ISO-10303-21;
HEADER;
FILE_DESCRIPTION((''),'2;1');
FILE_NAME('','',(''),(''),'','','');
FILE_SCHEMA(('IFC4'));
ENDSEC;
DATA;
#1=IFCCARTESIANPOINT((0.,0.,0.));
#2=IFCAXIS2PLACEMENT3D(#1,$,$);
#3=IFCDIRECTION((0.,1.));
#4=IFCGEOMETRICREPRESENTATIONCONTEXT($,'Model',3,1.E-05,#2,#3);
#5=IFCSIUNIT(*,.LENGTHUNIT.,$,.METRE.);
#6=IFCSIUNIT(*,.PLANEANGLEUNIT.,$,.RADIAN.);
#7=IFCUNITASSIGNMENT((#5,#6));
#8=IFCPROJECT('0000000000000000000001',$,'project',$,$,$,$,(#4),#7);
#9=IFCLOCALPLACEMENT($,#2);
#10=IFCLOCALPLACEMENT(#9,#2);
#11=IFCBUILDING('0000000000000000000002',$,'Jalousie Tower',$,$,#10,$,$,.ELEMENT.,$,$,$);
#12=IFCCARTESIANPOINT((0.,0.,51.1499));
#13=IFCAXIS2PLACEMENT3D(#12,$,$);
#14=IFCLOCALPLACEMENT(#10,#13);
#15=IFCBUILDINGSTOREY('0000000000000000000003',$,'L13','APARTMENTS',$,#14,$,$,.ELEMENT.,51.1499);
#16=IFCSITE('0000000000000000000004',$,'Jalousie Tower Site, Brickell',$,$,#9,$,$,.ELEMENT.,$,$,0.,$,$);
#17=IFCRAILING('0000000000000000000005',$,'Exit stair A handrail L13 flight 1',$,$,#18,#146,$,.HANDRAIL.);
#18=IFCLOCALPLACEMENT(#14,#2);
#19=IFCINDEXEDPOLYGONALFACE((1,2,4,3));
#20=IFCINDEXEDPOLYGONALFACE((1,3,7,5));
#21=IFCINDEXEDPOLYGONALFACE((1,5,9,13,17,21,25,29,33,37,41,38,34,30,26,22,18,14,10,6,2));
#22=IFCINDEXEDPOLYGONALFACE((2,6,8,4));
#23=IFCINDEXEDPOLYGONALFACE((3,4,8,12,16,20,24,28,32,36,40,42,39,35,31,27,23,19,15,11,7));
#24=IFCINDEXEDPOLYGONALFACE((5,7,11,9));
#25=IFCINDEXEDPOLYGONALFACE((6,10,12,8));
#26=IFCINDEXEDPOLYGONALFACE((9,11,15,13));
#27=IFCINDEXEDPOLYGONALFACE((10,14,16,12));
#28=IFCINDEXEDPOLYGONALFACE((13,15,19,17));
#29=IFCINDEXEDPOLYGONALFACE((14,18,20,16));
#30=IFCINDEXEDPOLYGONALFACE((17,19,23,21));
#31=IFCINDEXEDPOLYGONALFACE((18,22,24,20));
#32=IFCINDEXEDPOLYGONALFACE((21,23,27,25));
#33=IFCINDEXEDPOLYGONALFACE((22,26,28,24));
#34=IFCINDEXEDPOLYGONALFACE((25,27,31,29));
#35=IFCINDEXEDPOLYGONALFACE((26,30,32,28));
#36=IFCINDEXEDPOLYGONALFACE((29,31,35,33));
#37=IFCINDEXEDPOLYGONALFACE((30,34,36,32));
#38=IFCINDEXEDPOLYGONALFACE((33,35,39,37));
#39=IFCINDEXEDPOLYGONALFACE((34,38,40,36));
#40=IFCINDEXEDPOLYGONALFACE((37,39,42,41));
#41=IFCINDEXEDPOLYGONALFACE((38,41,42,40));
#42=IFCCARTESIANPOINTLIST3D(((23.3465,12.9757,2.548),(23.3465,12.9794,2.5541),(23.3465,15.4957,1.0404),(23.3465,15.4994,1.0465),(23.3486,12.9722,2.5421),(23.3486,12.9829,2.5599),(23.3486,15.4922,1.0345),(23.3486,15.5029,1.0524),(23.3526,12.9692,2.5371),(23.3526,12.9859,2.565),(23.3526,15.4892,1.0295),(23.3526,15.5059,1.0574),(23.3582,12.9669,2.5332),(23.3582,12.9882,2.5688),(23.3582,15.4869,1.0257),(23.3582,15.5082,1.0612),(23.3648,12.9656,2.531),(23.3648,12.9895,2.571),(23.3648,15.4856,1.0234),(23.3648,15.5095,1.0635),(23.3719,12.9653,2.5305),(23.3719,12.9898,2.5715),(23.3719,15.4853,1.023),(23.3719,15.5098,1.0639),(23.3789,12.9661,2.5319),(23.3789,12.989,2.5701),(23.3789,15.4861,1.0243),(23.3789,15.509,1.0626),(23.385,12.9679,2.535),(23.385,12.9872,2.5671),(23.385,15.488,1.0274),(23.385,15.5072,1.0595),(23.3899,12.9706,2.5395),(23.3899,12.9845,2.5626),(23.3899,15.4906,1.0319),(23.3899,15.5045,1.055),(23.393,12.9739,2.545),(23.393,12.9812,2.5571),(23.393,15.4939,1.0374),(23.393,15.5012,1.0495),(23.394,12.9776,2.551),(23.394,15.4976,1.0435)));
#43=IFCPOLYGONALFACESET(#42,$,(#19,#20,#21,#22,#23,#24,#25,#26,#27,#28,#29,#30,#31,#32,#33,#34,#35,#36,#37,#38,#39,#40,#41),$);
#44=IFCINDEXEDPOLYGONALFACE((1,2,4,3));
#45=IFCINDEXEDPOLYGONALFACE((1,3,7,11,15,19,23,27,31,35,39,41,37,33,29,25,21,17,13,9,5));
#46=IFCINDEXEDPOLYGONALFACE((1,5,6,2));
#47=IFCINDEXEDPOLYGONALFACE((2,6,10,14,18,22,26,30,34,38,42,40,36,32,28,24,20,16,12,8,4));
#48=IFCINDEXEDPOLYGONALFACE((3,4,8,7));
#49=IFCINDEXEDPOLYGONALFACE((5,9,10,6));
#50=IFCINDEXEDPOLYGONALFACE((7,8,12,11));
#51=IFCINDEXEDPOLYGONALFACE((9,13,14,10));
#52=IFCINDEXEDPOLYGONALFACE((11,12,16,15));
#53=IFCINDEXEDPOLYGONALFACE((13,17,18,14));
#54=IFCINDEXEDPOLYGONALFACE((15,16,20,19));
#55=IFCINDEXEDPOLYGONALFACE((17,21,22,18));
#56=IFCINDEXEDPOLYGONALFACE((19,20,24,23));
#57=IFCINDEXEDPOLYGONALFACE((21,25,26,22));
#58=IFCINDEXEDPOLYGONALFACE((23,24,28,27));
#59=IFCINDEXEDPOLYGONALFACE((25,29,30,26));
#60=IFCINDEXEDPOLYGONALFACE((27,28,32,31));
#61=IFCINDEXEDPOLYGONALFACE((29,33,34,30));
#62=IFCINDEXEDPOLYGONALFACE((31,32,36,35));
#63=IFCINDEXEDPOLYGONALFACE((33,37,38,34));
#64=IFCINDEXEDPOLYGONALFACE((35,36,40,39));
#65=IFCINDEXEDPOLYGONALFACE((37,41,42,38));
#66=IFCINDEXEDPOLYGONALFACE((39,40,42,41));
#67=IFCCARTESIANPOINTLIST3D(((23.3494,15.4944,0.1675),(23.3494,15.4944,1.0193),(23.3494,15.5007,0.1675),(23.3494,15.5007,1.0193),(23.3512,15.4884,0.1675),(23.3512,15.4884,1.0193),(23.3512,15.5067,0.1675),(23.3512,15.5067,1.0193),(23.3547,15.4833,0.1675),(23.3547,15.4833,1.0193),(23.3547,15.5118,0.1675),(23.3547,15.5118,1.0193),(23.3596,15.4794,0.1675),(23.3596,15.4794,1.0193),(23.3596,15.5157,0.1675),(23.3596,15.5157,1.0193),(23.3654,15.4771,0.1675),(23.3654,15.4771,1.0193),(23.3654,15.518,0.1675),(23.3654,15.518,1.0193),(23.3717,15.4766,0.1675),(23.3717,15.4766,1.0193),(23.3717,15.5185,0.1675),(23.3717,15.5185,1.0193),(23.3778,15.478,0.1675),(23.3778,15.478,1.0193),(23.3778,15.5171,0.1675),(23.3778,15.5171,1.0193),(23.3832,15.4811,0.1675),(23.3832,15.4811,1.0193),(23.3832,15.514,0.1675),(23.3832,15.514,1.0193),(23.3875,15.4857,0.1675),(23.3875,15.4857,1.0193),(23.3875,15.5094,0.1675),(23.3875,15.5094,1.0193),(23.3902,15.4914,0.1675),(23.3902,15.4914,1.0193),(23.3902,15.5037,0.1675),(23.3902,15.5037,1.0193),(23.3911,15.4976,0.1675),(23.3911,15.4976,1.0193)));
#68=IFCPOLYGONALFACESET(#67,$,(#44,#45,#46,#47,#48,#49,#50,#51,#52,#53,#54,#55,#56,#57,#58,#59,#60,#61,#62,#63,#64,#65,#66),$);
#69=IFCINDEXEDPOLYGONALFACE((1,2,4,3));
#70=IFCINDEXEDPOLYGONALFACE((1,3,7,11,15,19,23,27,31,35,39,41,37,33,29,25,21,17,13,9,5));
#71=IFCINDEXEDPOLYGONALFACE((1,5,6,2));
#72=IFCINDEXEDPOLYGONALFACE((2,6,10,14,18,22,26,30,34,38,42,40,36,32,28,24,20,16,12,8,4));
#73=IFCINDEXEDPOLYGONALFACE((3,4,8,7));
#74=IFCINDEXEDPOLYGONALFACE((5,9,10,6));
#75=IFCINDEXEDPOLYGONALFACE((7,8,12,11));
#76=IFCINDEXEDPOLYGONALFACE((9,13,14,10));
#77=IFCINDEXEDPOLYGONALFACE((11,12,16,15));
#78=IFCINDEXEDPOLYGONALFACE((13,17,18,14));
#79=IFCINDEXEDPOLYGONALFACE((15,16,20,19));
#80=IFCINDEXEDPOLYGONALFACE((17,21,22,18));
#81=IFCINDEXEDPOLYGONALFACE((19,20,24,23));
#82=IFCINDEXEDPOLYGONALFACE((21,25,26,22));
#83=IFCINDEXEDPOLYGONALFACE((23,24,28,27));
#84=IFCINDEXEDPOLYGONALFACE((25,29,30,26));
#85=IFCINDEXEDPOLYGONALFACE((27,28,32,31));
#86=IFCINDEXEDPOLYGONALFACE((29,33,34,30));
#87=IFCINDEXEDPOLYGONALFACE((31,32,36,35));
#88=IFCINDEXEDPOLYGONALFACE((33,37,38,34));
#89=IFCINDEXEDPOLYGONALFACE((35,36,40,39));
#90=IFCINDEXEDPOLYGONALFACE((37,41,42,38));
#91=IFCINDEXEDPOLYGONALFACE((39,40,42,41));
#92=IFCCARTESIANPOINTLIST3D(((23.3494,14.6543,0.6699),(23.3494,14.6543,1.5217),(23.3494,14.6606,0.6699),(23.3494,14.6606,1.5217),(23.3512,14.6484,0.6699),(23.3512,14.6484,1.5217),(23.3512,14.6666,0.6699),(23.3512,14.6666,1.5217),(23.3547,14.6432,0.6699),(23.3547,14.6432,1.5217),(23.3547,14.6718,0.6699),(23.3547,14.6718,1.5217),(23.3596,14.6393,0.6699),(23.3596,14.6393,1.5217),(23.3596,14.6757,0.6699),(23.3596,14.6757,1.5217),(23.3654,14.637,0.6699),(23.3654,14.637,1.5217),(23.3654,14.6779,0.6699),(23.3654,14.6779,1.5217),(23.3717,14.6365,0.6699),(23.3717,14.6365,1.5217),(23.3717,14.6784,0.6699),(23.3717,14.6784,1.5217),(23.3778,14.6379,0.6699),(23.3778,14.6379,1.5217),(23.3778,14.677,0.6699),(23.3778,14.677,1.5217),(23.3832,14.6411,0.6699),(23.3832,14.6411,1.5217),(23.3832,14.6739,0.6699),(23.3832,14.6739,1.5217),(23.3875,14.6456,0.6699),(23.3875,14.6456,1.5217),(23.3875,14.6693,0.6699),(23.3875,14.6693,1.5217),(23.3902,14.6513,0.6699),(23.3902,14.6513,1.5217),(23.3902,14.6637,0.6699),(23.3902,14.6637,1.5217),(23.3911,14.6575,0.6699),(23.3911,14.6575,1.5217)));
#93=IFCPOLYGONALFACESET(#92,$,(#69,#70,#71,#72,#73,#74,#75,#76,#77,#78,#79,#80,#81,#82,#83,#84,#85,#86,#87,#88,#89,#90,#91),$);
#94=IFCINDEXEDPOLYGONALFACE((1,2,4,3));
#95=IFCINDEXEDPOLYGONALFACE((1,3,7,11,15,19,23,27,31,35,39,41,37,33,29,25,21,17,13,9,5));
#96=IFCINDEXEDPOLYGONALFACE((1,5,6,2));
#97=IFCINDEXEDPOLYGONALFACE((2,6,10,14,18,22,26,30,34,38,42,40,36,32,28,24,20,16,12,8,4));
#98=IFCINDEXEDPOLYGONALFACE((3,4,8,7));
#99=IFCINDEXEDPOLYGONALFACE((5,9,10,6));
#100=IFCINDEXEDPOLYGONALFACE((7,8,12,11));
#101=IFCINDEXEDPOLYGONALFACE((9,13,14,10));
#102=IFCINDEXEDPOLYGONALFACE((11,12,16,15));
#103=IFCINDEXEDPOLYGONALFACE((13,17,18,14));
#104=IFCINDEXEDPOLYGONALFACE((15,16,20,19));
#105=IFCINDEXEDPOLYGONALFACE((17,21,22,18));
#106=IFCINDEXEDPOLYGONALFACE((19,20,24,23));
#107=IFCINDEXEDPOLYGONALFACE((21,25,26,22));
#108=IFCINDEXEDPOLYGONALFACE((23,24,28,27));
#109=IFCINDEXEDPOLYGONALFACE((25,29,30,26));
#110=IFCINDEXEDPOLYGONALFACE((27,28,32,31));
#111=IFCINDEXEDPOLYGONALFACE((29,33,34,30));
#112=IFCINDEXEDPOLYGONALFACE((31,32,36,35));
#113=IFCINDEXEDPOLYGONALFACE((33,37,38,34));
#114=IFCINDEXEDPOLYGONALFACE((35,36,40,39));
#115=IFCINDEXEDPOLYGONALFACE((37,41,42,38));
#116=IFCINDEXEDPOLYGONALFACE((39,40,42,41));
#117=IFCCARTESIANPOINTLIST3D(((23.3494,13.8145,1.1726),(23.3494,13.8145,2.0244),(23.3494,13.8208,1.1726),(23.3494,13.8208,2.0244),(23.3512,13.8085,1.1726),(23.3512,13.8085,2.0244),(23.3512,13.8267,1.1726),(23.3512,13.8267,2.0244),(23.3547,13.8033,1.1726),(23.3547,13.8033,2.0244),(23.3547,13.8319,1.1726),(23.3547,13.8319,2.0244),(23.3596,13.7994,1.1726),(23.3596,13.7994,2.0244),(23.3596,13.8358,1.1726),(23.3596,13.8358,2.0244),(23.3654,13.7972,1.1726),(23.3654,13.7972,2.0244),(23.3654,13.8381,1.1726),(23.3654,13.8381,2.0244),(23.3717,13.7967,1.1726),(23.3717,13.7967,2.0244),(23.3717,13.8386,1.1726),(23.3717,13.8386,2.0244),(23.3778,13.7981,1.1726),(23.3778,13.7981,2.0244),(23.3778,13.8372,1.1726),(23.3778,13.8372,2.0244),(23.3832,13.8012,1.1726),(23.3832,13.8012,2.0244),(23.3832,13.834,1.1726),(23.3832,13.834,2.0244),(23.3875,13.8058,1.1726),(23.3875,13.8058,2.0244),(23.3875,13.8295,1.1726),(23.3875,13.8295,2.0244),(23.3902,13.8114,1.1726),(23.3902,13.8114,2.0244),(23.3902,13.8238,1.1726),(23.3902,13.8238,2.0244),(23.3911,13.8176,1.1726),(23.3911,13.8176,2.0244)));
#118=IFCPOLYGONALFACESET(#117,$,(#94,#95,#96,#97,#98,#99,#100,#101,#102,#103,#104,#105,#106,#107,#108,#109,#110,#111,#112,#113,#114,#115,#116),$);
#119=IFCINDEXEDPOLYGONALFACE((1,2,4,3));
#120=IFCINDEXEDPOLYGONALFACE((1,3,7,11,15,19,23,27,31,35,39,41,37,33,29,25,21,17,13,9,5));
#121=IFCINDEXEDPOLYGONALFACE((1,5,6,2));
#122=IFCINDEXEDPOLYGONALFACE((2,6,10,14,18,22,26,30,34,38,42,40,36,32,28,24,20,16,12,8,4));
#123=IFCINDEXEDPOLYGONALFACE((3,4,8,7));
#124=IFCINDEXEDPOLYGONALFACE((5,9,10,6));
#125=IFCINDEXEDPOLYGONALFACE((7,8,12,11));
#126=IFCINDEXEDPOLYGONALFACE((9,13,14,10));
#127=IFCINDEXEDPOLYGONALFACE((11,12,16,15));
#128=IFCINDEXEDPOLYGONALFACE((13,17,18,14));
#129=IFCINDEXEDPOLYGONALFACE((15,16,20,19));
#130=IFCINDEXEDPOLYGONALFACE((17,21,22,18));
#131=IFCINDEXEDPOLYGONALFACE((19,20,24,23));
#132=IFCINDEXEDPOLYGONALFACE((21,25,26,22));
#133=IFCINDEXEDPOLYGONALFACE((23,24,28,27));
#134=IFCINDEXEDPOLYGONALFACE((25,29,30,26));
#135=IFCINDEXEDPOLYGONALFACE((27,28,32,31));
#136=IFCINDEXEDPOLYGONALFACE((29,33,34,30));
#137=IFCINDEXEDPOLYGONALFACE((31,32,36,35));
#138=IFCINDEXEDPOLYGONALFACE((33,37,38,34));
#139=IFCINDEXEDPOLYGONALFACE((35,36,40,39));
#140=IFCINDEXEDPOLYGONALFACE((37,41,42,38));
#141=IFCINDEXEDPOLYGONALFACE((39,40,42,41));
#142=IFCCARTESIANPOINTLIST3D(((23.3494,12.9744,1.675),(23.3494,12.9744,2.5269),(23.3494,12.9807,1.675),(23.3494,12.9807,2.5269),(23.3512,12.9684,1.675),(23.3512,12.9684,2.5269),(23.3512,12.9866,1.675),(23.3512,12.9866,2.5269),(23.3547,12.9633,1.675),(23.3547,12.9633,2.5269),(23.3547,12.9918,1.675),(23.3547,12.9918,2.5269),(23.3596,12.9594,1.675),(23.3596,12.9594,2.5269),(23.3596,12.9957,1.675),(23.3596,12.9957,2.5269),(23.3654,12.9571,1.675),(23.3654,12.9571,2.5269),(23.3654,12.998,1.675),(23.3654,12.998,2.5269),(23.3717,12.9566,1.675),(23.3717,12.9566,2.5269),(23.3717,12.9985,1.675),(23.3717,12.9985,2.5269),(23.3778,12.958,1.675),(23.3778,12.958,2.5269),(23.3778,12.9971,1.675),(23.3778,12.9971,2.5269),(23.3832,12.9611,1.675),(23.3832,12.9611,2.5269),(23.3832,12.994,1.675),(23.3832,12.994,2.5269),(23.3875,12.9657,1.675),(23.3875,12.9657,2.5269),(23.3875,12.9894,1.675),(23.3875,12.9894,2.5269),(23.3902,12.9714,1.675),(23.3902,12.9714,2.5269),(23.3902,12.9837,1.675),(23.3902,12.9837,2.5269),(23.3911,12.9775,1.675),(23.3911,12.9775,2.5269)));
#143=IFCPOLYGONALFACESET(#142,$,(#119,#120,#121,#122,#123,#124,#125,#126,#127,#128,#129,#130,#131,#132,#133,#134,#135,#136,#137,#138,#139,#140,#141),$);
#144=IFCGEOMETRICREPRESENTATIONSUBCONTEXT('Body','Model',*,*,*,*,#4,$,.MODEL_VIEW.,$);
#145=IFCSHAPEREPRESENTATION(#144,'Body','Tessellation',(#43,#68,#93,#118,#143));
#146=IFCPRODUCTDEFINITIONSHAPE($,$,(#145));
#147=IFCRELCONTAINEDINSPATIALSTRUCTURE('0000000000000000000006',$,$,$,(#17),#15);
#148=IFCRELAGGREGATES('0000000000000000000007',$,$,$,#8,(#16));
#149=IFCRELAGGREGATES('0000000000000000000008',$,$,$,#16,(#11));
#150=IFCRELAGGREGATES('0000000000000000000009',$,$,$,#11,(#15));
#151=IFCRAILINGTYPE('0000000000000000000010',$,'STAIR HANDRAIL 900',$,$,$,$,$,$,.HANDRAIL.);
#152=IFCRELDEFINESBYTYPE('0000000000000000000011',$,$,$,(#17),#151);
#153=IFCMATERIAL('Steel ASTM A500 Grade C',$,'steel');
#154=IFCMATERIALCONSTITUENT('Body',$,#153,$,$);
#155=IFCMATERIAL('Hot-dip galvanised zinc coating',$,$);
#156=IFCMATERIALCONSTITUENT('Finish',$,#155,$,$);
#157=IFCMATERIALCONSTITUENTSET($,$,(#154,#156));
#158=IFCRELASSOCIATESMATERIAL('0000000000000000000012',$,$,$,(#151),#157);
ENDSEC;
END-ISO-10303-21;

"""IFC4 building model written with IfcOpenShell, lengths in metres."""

from ifc_helpers import new_model, si_unit, direction, frame, origin, origin_2d, place, context, subcontext, project, spatial, circle, extrude, material, constituent, constituent_set, type_object, element, save


model = new_model("IFC4")

# Units and contexts
model_context = context("Model", 3, precision=1e-05, world=origin(), true_north=direction((0.0, 1.0)))
body_context = subcontext(model_context, "Body", "Model", "MODEL_VIEW")
ifc_project = project(units=[si_unit("LENGTHUNIT", "METRE"), si_unit("PLANEANGLEUNIT", "RADIAN")], contexts=[model_context])

# Site, building, storey
site_placement = place(None, origin())
site = spatial("IfcSite", under=ifc_project, at=site_placement, Name="Jalousie Tower Site, Brickell", CompositionType="ELEMENT", RefElevation=0.0)
building_placement = place(site_placement, origin())
building = spatial("IfcBuilding", under=site, at=building_placement, Name="Jalousie Tower", CompositionType="ELEMENT")
storey_placement = place(building_placement, frame((0.0, 0.0, 51.1499)))
storey = spatial("IfcBuildingStorey", under=building, at=storey_placement, Name="L13", Description="APARTMENTS", CompositionType="ELEMENT", Elevation=51.1499)

# Railing
ifc_material_1 = material(Name="Steel ASTM A500 Grade C", Category="steel")
ifc_constituent_1 = constituent(ifc_material_1, Name="Body")
ifc_material_2 = material(Name="Hot-dip galvanised zinc coating")
ifc_constituent_2 = constituent(ifc_material_2, Name="Finish")
ifc_constituent_set_1 = constituent_set(constituents=[ifc_constituent_1, ifc_constituent_2])
railing_type_1 = type_object("IfcRailingType", Name="STAIR HANDRAIL 900", PredefinedType="HANDRAIL", material=ifc_constituent_set_1)
railing_1_placement = place(storey_placement, frame((23.3701, 15.4976, 0.1675)))
element("IfcRailing", 1, at=railing_1_placement, inside=storey, type_object=railing_type_1, Name="Exit stair A handrail L13 flight 1", PredefinedType="HANDRAIL", context=body_context, shape_type="SweptSolid", body=[
    extrude(circle(Radius=0.0239, at=origin_2d()), frame((0.0, 0.0, 0.876), z_axis=(0.0, -0.85816, 0.513383), x_axis=(1.0, 0.0, 0.0)), (0.0, 0.0, 1.0), 2.9365),
    extrude(circle(Radius=0.021, at=origin_2d()), origin(), (0.0, 0.0, 1.0), 0.8518),
    extrude(circle(Radius=0.021, at=origin_2d()), frame((0.0, -0.8401, 0.5024)), (0.0, 0.0, 1.0), 0.8518),
    extrude(circle(Radius=0.021, at=origin_2d()), frame((0.0, -1.6799, 1.0051)), (0.0, 0.0, 1.0), 0.8518),
    extrude(circle(Radius=0.021, at=origin_2d()), frame((0.0, -2.52, 1.5076)), (0.0, 0.0, 1.0), 0.8518),
])

save(model, "model.ifc")
